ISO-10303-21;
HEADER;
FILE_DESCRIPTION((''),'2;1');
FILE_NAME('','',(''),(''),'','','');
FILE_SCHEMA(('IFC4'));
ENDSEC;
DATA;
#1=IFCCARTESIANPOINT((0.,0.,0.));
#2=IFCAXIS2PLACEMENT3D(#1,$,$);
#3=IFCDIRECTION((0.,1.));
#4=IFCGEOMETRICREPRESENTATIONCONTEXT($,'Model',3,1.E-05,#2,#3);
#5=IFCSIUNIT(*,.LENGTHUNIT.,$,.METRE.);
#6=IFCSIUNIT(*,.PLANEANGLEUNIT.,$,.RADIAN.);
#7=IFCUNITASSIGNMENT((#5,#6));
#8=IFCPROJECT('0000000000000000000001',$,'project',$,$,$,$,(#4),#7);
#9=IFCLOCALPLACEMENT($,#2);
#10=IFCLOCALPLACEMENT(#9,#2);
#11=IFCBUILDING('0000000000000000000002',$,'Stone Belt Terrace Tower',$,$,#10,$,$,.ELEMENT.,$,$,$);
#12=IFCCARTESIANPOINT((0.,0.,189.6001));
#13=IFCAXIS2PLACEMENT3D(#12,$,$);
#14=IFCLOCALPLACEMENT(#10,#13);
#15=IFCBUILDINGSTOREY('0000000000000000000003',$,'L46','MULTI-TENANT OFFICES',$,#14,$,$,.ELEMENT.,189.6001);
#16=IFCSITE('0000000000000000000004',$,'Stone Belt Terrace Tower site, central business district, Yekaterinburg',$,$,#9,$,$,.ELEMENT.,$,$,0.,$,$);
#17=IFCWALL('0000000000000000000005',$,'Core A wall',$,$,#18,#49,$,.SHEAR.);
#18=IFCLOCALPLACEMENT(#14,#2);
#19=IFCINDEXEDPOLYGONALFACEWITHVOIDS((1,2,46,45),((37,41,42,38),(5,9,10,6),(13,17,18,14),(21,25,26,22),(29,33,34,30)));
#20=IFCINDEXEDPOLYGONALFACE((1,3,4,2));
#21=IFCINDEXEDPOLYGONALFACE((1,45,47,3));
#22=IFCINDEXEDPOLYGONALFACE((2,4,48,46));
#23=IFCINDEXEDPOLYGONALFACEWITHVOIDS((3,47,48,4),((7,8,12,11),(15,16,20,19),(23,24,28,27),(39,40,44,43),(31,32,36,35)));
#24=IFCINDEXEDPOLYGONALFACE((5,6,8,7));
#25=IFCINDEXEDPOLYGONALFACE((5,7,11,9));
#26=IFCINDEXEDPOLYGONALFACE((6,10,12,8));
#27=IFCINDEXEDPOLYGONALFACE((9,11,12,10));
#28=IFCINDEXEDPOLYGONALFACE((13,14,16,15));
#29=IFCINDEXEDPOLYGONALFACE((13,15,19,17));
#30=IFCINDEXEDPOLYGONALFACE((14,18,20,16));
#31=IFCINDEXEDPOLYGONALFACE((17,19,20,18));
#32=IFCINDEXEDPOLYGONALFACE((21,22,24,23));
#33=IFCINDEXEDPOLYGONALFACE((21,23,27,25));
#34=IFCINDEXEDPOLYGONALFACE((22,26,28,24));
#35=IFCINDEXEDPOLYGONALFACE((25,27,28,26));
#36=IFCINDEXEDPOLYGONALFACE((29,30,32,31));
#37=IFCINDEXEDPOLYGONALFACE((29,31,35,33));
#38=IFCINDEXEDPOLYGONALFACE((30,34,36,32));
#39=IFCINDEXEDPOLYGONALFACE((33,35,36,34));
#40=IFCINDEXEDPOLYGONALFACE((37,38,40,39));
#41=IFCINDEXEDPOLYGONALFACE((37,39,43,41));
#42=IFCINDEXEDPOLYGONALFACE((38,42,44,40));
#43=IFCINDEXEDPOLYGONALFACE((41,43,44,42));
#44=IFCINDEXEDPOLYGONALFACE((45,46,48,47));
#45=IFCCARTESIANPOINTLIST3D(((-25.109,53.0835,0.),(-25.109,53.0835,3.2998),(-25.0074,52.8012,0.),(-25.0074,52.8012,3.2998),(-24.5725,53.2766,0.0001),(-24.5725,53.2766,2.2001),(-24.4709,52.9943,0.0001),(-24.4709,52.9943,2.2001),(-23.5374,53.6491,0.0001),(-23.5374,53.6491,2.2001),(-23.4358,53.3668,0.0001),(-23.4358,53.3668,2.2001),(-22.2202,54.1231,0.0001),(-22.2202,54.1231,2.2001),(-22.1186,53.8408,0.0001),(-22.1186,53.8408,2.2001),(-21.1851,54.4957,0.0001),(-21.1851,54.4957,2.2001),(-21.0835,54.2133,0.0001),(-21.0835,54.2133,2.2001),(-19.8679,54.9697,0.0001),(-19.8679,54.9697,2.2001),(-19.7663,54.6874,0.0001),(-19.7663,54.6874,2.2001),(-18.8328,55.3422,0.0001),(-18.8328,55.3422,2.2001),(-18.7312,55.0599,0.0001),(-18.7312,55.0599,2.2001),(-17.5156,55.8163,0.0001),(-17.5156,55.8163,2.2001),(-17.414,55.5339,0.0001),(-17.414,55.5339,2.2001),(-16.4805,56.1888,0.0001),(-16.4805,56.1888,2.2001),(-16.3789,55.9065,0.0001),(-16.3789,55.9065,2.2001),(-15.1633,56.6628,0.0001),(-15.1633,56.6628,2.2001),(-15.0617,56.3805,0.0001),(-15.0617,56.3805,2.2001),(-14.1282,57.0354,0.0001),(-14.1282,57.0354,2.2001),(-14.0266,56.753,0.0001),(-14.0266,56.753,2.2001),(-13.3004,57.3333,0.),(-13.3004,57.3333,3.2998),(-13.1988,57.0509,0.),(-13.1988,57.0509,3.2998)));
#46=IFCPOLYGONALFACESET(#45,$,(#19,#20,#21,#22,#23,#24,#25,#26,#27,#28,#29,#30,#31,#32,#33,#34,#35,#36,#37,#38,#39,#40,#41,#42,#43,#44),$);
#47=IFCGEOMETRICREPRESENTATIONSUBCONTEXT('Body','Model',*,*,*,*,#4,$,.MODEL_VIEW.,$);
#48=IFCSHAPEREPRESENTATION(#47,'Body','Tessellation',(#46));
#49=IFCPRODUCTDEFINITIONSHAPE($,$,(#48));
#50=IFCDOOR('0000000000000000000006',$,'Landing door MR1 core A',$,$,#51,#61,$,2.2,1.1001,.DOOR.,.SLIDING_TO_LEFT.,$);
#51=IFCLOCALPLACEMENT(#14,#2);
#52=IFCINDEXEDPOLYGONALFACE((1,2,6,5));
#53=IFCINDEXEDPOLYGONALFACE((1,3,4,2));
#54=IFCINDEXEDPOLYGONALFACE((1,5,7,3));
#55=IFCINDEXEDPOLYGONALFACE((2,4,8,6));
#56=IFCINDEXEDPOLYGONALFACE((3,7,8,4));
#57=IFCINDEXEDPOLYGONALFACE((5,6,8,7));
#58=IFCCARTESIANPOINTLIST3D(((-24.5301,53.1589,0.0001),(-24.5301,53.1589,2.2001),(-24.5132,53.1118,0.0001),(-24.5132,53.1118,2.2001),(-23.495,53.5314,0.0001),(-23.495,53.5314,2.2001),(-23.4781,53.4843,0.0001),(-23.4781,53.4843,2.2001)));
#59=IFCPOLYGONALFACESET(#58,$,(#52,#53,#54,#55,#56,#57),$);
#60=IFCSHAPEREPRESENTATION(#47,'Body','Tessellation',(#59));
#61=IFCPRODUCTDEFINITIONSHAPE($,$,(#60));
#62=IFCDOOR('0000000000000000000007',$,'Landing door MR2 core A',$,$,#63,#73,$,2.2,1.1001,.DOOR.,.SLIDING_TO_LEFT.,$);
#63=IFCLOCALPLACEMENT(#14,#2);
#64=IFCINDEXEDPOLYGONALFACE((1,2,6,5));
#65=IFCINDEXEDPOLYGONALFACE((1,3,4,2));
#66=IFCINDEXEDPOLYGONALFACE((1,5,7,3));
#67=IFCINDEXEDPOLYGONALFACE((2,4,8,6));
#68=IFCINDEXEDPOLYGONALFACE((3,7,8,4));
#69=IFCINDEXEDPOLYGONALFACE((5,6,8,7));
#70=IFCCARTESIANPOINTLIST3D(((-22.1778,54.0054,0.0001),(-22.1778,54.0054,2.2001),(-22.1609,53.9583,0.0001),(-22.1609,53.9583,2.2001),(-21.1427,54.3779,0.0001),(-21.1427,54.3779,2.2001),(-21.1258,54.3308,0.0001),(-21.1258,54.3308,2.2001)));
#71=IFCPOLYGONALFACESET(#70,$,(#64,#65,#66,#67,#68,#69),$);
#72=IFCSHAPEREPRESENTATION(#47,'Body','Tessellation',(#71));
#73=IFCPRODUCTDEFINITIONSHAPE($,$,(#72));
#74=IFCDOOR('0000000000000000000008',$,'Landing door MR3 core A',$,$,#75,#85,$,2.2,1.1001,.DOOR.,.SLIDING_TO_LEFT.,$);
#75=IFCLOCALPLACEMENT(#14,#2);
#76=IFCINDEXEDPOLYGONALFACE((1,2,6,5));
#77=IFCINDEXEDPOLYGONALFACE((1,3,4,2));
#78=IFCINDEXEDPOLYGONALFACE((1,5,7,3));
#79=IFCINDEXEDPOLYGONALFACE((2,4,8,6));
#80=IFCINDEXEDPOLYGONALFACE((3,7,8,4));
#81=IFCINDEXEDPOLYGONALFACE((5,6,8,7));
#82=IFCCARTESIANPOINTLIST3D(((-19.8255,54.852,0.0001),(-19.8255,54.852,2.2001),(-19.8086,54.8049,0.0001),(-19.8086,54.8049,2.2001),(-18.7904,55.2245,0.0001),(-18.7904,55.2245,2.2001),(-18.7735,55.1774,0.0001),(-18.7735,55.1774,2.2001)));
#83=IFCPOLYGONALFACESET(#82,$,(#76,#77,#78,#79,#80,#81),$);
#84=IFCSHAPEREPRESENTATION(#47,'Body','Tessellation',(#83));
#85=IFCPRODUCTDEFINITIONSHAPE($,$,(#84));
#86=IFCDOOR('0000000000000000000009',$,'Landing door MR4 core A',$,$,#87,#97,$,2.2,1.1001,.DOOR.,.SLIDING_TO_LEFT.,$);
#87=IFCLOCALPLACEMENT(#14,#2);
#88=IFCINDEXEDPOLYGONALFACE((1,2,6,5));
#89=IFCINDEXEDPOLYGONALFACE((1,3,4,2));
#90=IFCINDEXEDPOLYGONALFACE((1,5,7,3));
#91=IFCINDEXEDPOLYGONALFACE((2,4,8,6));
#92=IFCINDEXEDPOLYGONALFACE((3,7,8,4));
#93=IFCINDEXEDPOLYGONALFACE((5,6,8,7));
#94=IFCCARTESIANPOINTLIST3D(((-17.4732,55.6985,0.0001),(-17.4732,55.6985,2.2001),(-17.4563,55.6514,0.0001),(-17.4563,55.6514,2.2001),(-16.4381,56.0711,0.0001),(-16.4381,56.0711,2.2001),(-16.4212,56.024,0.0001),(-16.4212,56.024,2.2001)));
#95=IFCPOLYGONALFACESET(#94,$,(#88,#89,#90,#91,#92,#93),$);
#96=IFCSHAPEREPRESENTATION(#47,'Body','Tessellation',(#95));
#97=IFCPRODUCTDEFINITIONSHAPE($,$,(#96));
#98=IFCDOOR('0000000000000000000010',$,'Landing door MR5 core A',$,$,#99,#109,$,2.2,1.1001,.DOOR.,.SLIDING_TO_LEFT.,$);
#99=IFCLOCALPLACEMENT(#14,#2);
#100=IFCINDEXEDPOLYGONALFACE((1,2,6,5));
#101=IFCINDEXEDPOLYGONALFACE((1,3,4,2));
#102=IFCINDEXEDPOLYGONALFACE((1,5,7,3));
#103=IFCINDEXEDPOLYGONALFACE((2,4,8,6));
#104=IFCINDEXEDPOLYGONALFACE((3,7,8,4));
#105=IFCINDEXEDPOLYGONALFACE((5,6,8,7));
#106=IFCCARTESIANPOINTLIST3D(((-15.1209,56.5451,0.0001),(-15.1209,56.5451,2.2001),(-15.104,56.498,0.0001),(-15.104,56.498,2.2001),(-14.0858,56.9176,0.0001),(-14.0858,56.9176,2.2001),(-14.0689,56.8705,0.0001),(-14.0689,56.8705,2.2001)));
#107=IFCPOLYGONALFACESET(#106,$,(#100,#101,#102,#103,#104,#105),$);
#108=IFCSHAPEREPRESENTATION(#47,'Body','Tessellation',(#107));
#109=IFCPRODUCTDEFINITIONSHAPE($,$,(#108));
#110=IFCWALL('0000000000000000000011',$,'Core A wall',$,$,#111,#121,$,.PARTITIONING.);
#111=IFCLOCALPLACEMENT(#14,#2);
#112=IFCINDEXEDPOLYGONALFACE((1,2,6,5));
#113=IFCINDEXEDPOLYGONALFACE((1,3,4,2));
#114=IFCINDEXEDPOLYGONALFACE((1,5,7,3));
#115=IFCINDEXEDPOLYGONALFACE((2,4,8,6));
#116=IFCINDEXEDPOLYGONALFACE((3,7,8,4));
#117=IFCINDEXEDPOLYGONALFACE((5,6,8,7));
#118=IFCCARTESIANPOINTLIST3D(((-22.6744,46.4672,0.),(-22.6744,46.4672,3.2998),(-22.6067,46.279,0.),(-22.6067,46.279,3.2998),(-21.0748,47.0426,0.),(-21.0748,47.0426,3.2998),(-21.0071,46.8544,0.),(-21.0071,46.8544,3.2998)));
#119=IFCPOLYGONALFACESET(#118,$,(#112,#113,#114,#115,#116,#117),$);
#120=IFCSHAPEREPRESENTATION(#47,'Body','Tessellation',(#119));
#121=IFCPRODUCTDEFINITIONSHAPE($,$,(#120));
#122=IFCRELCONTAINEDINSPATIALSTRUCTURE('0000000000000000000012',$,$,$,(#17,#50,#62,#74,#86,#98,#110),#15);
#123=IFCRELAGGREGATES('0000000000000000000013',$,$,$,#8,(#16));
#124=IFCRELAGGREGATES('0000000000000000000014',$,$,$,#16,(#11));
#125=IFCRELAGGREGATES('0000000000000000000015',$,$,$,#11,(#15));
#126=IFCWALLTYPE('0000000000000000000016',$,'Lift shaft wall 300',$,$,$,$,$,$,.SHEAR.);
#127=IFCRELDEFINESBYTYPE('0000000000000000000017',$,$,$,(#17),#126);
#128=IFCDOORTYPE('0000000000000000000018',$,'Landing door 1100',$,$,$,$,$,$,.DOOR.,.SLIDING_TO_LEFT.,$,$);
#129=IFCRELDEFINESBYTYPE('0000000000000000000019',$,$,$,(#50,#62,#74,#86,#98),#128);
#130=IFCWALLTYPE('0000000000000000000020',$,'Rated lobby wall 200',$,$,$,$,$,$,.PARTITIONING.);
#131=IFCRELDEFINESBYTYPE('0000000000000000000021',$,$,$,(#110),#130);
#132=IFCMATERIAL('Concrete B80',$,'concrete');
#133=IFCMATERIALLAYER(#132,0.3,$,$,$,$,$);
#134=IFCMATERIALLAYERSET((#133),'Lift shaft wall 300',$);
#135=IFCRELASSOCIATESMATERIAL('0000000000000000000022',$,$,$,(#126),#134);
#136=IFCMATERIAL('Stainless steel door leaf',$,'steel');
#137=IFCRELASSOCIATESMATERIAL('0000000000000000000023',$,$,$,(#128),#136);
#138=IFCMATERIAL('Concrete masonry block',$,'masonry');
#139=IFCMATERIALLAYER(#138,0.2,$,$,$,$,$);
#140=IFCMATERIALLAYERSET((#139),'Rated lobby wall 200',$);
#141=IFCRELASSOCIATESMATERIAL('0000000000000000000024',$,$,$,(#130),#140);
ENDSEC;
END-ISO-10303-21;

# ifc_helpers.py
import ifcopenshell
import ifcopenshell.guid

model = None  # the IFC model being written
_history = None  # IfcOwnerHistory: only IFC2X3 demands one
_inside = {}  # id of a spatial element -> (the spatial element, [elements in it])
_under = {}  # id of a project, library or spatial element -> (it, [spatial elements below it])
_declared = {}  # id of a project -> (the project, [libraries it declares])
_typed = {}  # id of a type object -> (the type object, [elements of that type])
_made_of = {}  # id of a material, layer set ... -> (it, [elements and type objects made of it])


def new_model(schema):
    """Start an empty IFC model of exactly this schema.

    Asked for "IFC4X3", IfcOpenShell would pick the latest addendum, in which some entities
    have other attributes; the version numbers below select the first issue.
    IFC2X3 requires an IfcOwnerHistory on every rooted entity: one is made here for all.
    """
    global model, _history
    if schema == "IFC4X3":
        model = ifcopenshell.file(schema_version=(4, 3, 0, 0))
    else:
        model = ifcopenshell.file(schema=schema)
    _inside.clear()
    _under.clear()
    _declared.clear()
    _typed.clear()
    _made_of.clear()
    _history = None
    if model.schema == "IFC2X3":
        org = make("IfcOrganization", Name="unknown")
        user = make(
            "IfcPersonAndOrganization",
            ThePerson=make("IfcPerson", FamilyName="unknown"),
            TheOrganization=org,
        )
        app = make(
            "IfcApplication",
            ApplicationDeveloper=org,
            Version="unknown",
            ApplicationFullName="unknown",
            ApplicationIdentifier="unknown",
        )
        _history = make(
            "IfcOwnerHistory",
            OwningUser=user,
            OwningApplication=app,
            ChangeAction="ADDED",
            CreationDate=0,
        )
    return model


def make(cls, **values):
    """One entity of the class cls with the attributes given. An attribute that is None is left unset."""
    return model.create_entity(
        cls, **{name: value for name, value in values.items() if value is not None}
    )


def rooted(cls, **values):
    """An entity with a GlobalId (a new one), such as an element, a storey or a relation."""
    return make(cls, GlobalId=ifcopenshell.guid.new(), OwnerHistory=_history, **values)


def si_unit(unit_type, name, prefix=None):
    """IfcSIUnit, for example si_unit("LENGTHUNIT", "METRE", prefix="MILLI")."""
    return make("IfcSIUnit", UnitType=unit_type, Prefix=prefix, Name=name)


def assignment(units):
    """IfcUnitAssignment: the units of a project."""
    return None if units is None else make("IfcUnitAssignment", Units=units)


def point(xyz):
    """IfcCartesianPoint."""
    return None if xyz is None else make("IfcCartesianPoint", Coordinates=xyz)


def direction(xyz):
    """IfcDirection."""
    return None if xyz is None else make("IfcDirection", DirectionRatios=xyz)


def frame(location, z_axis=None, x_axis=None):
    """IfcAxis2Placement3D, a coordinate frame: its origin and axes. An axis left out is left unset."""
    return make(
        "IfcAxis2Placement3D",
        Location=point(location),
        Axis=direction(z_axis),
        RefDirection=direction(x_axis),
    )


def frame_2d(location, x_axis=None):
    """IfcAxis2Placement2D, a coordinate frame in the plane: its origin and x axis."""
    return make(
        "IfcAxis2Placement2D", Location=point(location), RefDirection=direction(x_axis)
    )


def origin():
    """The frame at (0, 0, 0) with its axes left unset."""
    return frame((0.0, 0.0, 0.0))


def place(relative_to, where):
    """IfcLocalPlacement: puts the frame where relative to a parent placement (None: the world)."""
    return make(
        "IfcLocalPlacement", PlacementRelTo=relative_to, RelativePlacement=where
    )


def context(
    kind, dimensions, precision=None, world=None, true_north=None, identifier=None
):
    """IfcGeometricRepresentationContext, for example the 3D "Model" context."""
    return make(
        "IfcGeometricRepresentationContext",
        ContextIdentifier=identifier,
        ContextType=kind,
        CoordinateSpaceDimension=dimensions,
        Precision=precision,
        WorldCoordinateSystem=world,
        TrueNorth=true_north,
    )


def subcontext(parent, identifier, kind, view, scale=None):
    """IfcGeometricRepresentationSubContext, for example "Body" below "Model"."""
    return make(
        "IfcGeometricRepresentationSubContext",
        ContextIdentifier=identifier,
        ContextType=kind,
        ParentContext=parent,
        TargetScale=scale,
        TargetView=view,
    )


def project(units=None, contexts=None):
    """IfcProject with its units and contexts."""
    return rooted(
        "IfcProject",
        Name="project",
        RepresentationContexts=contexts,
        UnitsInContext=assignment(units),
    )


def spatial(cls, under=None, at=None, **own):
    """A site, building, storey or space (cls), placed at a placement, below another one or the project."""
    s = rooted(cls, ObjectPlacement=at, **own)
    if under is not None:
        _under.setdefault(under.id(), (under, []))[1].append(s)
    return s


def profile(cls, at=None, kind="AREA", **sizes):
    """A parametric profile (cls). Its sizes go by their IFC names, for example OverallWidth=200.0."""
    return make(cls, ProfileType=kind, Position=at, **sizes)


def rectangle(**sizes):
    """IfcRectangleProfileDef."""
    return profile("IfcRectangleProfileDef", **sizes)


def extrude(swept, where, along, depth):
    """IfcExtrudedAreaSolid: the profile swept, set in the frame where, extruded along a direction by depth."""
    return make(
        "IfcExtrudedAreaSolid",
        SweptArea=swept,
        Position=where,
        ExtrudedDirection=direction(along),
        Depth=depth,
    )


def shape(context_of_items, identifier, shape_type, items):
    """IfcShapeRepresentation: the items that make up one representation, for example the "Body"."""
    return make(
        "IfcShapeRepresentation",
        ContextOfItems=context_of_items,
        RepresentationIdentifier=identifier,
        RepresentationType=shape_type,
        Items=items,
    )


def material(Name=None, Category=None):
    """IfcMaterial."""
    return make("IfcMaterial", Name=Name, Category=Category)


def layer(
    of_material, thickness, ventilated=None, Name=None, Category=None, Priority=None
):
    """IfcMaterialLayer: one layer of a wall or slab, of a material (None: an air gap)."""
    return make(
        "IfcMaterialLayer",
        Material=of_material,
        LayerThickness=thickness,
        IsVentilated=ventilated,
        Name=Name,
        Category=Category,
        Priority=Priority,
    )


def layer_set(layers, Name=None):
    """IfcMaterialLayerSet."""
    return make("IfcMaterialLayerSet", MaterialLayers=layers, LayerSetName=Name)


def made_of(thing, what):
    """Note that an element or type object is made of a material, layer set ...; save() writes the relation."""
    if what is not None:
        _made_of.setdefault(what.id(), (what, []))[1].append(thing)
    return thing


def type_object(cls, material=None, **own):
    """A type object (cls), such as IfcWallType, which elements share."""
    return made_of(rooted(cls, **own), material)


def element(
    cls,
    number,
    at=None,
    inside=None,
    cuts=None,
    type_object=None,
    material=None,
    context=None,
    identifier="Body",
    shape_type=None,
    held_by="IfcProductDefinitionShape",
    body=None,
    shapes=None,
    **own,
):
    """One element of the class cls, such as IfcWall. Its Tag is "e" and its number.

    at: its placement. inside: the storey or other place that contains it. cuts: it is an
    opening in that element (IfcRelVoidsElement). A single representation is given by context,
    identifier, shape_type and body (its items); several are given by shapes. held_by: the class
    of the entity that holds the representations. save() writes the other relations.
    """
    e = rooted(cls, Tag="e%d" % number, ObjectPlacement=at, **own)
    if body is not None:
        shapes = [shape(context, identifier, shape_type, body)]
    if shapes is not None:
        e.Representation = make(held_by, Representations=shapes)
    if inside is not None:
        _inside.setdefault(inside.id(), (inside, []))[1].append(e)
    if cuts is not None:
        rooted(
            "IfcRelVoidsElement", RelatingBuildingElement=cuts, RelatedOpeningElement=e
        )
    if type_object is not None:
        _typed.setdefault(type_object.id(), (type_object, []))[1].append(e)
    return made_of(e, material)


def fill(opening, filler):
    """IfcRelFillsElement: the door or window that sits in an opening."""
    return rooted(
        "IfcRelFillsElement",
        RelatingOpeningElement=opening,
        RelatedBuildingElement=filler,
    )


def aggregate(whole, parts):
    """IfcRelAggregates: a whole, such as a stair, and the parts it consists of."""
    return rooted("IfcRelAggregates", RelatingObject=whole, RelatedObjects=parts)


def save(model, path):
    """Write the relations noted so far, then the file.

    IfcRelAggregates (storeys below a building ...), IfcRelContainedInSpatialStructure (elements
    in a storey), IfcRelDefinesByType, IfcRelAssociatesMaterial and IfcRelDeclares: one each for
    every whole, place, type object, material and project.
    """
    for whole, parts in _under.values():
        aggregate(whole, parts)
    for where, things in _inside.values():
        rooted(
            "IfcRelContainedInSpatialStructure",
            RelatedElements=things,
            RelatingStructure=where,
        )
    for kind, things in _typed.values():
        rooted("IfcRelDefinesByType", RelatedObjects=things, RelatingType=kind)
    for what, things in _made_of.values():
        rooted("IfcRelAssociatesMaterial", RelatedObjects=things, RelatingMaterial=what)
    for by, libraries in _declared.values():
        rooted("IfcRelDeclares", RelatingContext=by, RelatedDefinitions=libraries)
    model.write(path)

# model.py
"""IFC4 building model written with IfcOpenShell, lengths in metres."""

from ifc_helpers import new_model, si_unit, direction, frame, frame_2d, origin, place, context, subcontext, project, spatial, rectangle, extrude, material, layer, layer_set, type_object, element, fill, save


model = new_model("IFC4")

# Units and contexts
model_context = context("Model", 3, precision=1e-05, world=origin(), true_north=direction((0.0, 1.0)))
body_context = subcontext(model_context, "Body", "Model", "MODEL_VIEW")
ifc_project = project(units=[si_unit("LENGTHUNIT", "METRE"), si_unit("PLANEANGLEUNIT", "RADIAN")], contexts=[model_context])

# Site, building, storey
site_placement = place(None, origin())
site = spatial("IfcSite", under=ifc_project, at=site_placement, Name="Stone Belt Terrace Tower site, central business district, Yekaterinburg", CompositionType="ELEMENT", RefElevation=0.0)
building_placement = place(site_placement, origin())
building = spatial("IfcBuilding", under=site, at=building_placement, Name="Stone Belt Terrace Tower", CompositionType="ELEMENT")
storey_placement = place(building_placement, frame((0.0, 0.0, 189.6001)))
storey = spatial("IfcBuildingStorey", under=building, at=storey_placement, Name="L46", Description="MULTI-TENANT OFFICES", CompositionType="ELEMENT", Elevation=189.6001)

# Shared definitions
ifc_material_1 = material(Name="Concrete B80", Category="concrete")
ifc_layer_1 = layer(ifc_material_1, 0.3)
ifc_layer_set_1 = layer_set([ifc_layer_1], Name="Lift shaft wall 300")
wall_type_1 = type_object("IfcWallType", Name="Lift shaft wall 300", PredefinedType="SHEAR", material=ifc_layer_set_1)

# Wall, openings, doors
wall_1_placement = place(storey_placement, frame((-25.0581, 52.9424, 0.0), z_axis=(0.0, 0.0, 1.0), x_axis=(0.940921, 0.338625, 0.0)))
wall_1 = element("IfcWall", 1, at=wall_1_placement, inside=storey, type_object=wall_type_1, Name="Core A wall", PredefinedType="SHEAR", context=body_context, shape_type="SweptSolid", body=[
    extrude(rectangle(XDim=12.55, YDim=0.3, at=frame_2d((6.2749, 0.0))), origin(), (0.0, 0.0, 1.0), 3.2998),
])
opening_1_placement = place(wall_1_placement, frame((0.5701, 0.0, 0.0)))
opening_1 = element("IfcOpeningElement", 2, at=opening_1_placement, cuts=wall_1, PredefinedType="OPENING", context=body_context, shape_type="SweptSolid", body=[
    extrude(rectangle(XDim=1.1001, YDim=2.2, at=frame_2d((0.55, 1.1001))), frame((0.0, 0.1599, 0.0), z_axis=(0.0, -1.0, 0.0), x_axis=(1.0, 0.0, 0.0)), (0.0, 0.0, 1.0), 0.3201),
])
opening_2_placement = place(wall_1_placement, frame((3.0701, 0.0, 0.0)))
opening_2 = element("IfcOpeningElement", 3, at=opening_2_placement, cuts=wall_1, PredefinedType="OPENING", context=body_context, shape_type="SweptSolid", body=[
    extrude(rectangle(XDim=1.1001, YDim=2.2, at=frame_2d((0.55, 1.1001))), frame((0.0, 0.1599, 0.0), z_axis=(0.0, -1.0, 0.0), x_axis=(1.0, 0.0, 0.0)), (0.0, 0.0, 1.0), 0.3201),
])
opening_3_placement = place(wall_1_placement, frame((5.5701, 0.0, 0.0)))
opening_3 = element("IfcOpeningElement", 4, at=opening_3_placement, cuts=wall_1, PredefinedType="OPENING", context=body_context, shape_type="SweptSolid", body=[
    extrude(rectangle(XDim=1.1001, YDim=2.2, at=frame_2d((0.55, 1.1001))), frame((0.0, 0.1599, 0.0), z_axis=(0.0, -1.0, 0.0), x_axis=(1.0, 0.0, 0.0)), (0.0, 0.0, 1.0), 0.3201),
])
opening_4_placement = place(wall_1_placement, frame((8.0701, 0.0, 0.0)))
opening_4 = element("IfcOpeningElement", 5, at=opening_4_placement, cuts=wall_1, PredefinedType="OPENING", context=body_context, shape_type="SweptSolid", body=[
    extrude(rectangle(XDim=1.1001, YDim=2.2, at=frame_2d((0.55, 1.1001))), frame((0.0, 0.1599, 0.0), z_axis=(0.0, -1.0, 0.0), x_axis=(1.0, 0.0, 0.0)), (0.0, 0.0, 1.0), 0.3201),
])
opening_5_placement = place(wall_1_placement, frame((10.5701, 0.0, 0.0)))
opening_5 = element("IfcOpeningElement", 6, at=opening_5_placement, cuts=wall_1, PredefinedType="OPENING", context=body_context, shape_type="SweptSolid", body=[
    extrude(rectangle(XDim=1.1001, YDim=2.2, at=frame_2d((0.55, 1.1001))), frame((0.0, 0.1599, 0.0), z_axis=(0.0, -1.0, 0.0), x_axis=(1.0, 0.0, 0.0)), (0.0, 0.0, 1.0), 0.3201),
])
ifc_material_2 = material(Name="Stainless steel door leaf", Category="steel")
door_type_1 = type_object("IfcDoorType", Name="Landing door 1100", OperationType="SLIDING_TO_LEFT", PredefinedType="DOOR", material=ifc_material_2)
door_1_placement = place(opening_1_placement, origin())
door_1 = element("IfcDoor", 7, at=door_1_placement, inside=storey, type_object=door_type_1, Name="Landing door MR1 core A", OperationType="SLIDING_TO_LEFT", OverallHeight=2.2, OverallWidth=1.1001, PredefinedType="DOOR", context=body_context, shape_type="SweptSolid", body=[
    extrude(rectangle(XDim=1.1001, YDim=2.2, at=frame_2d((0.55, 1.1001))), frame((0.0, 0.0249, 0.0), z_axis=(0.0, -1.0, 0.0), x_axis=(1.0, 0.0, 0.0)), (0.0, 0.0, 1.0), 0.05),
])
fill(opening_1, door_1)
door_2_placement = place(opening_2_placement, origin())
door_2 = element("IfcDoor", 8, at=door_2_placement, inside=storey, type_object=door_type_1, Name="Landing door MR2 core A", OperationType="SLIDING_TO_LEFT", OverallHeight=2.2, OverallWidth=1.1001, PredefinedType="DOOR", context=body_context, shape_type="SweptSolid", body=[
    extrude(rectangle(XDim=1.1001, YDim=2.2, at=frame_2d((0.55, 1.1001))), frame((0.0, 0.0249, 0.0), z_axis=(0.0, -1.0, 0.0), x_axis=(1.0, 0.0, 0.0)), (0.0, 0.0, 1.0), 0.05),
])
fill(opening_2, door_2)
door_3_placement = place(opening_3_placement, origin())
door_3 = element("IfcDoor", 9, at=door_3_placement, inside=storey, type_object=door_type_1, Name="Landing door MR3 core A", OperationType="SLIDING_TO_LEFT", OverallHeight=2.2, OverallWidth=1.1001, PredefinedType="DOOR", context=body_context, shape_type="SweptSolid", body=[
    extrude(rectangle(XDim=1.1001, YDim=2.2, at=frame_2d((0.55, 1.1001))), frame((0.0, 0.0249, 0.0), z_axis=(0.0, -1.0, 0.0), x_axis=(1.0, 0.0, 0.0)), (0.0, 0.0, 1.0), 0.05),
])
fill(opening_3, door_3)
door_4_placement = place(opening_4_placement, origin())
door_4 = element("IfcDoor", 10, at=door_4_placement, inside=storey, type_object=door_type_1, Name="Landing door MR4 core A", OperationType="SLIDING_TO_LEFT", OverallHeight=2.2, OverallWidth=1.1001, PredefinedType="DOOR", context=body_context, shape_type="SweptSolid", body=[
    extrude(rectangle(XDim=1.1001, YDim=2.2, at=frame_2d((0.55, 1.1001))), frame((0.0, 0.0249, 0.0), z_axis=(0.0, -1.0, 0.0), x_axis=(1.0, 0.0, 0.0)), (0.0, 0.0, 1.0), 0.05),
])
fill(opening_4, door_4)
door_5_placement = place(opening_5_placement, origin())
door_5 = element("IfcDoor", 11, at=door_5_placement, inside=storey, type_object=door_type_1, Name="Landing door MR5 core A", OperationType="SLIDING_TO_LEFT", OverallHeight=2.2, OverallWidth=1.1001, PredefinedType="DOOR", context=body_context, shape_type="SweptSolid", body=[
    extrude(rectangle(XDim=1.1001, YDim=2.2, at=frame_2d((0.55, 1.1001))), frame((0.0, 0.0249, 0.0), z_axis=(0.0, -1.0, 0.0), x_axis=(1.0, 0.0, 0.0)), (0.0, 0.0, 1.0), 0.05),
])
fill(opening_5, door_5)

# Wall
ifc_material_3 = material(Name="Concrete masonry block", Category="masonry")
ifc_layer_2 = layer(ifc_material_3, 0.2)
ifc_layer_set_2 = layer_set([ifc_layer_2], Name="Rated lobby wall 200")
wall_type_2 = type_object("IfcWallType", Name="Rated lobby wall 200", PredefinedType="PARTITIONING", material=ifc_layer_set_2)
wall_2_placement = place(storey_placement, frame((-22.6406, 46.373, 0.0), z_axis=(0.0, 0.0, 1.0), x_axis=(0.940966, 0.338501, 0.0)))
element("IfcWall", 12, at=wall_2_placement, inside=storey, type_object=wall_type_2, Name="Core A wall", PredefinedType="PARTITIONING", context=body_context, shape_type="SweptSolid", body=[
    extrude(rectangle(XDim=1.7, YDim=0.2, at=frame_2d((0.8501, 0.0))), origin(), (0.0, 0.0, 1.0), 3.2998),
])

save(model, "model.ifc")
